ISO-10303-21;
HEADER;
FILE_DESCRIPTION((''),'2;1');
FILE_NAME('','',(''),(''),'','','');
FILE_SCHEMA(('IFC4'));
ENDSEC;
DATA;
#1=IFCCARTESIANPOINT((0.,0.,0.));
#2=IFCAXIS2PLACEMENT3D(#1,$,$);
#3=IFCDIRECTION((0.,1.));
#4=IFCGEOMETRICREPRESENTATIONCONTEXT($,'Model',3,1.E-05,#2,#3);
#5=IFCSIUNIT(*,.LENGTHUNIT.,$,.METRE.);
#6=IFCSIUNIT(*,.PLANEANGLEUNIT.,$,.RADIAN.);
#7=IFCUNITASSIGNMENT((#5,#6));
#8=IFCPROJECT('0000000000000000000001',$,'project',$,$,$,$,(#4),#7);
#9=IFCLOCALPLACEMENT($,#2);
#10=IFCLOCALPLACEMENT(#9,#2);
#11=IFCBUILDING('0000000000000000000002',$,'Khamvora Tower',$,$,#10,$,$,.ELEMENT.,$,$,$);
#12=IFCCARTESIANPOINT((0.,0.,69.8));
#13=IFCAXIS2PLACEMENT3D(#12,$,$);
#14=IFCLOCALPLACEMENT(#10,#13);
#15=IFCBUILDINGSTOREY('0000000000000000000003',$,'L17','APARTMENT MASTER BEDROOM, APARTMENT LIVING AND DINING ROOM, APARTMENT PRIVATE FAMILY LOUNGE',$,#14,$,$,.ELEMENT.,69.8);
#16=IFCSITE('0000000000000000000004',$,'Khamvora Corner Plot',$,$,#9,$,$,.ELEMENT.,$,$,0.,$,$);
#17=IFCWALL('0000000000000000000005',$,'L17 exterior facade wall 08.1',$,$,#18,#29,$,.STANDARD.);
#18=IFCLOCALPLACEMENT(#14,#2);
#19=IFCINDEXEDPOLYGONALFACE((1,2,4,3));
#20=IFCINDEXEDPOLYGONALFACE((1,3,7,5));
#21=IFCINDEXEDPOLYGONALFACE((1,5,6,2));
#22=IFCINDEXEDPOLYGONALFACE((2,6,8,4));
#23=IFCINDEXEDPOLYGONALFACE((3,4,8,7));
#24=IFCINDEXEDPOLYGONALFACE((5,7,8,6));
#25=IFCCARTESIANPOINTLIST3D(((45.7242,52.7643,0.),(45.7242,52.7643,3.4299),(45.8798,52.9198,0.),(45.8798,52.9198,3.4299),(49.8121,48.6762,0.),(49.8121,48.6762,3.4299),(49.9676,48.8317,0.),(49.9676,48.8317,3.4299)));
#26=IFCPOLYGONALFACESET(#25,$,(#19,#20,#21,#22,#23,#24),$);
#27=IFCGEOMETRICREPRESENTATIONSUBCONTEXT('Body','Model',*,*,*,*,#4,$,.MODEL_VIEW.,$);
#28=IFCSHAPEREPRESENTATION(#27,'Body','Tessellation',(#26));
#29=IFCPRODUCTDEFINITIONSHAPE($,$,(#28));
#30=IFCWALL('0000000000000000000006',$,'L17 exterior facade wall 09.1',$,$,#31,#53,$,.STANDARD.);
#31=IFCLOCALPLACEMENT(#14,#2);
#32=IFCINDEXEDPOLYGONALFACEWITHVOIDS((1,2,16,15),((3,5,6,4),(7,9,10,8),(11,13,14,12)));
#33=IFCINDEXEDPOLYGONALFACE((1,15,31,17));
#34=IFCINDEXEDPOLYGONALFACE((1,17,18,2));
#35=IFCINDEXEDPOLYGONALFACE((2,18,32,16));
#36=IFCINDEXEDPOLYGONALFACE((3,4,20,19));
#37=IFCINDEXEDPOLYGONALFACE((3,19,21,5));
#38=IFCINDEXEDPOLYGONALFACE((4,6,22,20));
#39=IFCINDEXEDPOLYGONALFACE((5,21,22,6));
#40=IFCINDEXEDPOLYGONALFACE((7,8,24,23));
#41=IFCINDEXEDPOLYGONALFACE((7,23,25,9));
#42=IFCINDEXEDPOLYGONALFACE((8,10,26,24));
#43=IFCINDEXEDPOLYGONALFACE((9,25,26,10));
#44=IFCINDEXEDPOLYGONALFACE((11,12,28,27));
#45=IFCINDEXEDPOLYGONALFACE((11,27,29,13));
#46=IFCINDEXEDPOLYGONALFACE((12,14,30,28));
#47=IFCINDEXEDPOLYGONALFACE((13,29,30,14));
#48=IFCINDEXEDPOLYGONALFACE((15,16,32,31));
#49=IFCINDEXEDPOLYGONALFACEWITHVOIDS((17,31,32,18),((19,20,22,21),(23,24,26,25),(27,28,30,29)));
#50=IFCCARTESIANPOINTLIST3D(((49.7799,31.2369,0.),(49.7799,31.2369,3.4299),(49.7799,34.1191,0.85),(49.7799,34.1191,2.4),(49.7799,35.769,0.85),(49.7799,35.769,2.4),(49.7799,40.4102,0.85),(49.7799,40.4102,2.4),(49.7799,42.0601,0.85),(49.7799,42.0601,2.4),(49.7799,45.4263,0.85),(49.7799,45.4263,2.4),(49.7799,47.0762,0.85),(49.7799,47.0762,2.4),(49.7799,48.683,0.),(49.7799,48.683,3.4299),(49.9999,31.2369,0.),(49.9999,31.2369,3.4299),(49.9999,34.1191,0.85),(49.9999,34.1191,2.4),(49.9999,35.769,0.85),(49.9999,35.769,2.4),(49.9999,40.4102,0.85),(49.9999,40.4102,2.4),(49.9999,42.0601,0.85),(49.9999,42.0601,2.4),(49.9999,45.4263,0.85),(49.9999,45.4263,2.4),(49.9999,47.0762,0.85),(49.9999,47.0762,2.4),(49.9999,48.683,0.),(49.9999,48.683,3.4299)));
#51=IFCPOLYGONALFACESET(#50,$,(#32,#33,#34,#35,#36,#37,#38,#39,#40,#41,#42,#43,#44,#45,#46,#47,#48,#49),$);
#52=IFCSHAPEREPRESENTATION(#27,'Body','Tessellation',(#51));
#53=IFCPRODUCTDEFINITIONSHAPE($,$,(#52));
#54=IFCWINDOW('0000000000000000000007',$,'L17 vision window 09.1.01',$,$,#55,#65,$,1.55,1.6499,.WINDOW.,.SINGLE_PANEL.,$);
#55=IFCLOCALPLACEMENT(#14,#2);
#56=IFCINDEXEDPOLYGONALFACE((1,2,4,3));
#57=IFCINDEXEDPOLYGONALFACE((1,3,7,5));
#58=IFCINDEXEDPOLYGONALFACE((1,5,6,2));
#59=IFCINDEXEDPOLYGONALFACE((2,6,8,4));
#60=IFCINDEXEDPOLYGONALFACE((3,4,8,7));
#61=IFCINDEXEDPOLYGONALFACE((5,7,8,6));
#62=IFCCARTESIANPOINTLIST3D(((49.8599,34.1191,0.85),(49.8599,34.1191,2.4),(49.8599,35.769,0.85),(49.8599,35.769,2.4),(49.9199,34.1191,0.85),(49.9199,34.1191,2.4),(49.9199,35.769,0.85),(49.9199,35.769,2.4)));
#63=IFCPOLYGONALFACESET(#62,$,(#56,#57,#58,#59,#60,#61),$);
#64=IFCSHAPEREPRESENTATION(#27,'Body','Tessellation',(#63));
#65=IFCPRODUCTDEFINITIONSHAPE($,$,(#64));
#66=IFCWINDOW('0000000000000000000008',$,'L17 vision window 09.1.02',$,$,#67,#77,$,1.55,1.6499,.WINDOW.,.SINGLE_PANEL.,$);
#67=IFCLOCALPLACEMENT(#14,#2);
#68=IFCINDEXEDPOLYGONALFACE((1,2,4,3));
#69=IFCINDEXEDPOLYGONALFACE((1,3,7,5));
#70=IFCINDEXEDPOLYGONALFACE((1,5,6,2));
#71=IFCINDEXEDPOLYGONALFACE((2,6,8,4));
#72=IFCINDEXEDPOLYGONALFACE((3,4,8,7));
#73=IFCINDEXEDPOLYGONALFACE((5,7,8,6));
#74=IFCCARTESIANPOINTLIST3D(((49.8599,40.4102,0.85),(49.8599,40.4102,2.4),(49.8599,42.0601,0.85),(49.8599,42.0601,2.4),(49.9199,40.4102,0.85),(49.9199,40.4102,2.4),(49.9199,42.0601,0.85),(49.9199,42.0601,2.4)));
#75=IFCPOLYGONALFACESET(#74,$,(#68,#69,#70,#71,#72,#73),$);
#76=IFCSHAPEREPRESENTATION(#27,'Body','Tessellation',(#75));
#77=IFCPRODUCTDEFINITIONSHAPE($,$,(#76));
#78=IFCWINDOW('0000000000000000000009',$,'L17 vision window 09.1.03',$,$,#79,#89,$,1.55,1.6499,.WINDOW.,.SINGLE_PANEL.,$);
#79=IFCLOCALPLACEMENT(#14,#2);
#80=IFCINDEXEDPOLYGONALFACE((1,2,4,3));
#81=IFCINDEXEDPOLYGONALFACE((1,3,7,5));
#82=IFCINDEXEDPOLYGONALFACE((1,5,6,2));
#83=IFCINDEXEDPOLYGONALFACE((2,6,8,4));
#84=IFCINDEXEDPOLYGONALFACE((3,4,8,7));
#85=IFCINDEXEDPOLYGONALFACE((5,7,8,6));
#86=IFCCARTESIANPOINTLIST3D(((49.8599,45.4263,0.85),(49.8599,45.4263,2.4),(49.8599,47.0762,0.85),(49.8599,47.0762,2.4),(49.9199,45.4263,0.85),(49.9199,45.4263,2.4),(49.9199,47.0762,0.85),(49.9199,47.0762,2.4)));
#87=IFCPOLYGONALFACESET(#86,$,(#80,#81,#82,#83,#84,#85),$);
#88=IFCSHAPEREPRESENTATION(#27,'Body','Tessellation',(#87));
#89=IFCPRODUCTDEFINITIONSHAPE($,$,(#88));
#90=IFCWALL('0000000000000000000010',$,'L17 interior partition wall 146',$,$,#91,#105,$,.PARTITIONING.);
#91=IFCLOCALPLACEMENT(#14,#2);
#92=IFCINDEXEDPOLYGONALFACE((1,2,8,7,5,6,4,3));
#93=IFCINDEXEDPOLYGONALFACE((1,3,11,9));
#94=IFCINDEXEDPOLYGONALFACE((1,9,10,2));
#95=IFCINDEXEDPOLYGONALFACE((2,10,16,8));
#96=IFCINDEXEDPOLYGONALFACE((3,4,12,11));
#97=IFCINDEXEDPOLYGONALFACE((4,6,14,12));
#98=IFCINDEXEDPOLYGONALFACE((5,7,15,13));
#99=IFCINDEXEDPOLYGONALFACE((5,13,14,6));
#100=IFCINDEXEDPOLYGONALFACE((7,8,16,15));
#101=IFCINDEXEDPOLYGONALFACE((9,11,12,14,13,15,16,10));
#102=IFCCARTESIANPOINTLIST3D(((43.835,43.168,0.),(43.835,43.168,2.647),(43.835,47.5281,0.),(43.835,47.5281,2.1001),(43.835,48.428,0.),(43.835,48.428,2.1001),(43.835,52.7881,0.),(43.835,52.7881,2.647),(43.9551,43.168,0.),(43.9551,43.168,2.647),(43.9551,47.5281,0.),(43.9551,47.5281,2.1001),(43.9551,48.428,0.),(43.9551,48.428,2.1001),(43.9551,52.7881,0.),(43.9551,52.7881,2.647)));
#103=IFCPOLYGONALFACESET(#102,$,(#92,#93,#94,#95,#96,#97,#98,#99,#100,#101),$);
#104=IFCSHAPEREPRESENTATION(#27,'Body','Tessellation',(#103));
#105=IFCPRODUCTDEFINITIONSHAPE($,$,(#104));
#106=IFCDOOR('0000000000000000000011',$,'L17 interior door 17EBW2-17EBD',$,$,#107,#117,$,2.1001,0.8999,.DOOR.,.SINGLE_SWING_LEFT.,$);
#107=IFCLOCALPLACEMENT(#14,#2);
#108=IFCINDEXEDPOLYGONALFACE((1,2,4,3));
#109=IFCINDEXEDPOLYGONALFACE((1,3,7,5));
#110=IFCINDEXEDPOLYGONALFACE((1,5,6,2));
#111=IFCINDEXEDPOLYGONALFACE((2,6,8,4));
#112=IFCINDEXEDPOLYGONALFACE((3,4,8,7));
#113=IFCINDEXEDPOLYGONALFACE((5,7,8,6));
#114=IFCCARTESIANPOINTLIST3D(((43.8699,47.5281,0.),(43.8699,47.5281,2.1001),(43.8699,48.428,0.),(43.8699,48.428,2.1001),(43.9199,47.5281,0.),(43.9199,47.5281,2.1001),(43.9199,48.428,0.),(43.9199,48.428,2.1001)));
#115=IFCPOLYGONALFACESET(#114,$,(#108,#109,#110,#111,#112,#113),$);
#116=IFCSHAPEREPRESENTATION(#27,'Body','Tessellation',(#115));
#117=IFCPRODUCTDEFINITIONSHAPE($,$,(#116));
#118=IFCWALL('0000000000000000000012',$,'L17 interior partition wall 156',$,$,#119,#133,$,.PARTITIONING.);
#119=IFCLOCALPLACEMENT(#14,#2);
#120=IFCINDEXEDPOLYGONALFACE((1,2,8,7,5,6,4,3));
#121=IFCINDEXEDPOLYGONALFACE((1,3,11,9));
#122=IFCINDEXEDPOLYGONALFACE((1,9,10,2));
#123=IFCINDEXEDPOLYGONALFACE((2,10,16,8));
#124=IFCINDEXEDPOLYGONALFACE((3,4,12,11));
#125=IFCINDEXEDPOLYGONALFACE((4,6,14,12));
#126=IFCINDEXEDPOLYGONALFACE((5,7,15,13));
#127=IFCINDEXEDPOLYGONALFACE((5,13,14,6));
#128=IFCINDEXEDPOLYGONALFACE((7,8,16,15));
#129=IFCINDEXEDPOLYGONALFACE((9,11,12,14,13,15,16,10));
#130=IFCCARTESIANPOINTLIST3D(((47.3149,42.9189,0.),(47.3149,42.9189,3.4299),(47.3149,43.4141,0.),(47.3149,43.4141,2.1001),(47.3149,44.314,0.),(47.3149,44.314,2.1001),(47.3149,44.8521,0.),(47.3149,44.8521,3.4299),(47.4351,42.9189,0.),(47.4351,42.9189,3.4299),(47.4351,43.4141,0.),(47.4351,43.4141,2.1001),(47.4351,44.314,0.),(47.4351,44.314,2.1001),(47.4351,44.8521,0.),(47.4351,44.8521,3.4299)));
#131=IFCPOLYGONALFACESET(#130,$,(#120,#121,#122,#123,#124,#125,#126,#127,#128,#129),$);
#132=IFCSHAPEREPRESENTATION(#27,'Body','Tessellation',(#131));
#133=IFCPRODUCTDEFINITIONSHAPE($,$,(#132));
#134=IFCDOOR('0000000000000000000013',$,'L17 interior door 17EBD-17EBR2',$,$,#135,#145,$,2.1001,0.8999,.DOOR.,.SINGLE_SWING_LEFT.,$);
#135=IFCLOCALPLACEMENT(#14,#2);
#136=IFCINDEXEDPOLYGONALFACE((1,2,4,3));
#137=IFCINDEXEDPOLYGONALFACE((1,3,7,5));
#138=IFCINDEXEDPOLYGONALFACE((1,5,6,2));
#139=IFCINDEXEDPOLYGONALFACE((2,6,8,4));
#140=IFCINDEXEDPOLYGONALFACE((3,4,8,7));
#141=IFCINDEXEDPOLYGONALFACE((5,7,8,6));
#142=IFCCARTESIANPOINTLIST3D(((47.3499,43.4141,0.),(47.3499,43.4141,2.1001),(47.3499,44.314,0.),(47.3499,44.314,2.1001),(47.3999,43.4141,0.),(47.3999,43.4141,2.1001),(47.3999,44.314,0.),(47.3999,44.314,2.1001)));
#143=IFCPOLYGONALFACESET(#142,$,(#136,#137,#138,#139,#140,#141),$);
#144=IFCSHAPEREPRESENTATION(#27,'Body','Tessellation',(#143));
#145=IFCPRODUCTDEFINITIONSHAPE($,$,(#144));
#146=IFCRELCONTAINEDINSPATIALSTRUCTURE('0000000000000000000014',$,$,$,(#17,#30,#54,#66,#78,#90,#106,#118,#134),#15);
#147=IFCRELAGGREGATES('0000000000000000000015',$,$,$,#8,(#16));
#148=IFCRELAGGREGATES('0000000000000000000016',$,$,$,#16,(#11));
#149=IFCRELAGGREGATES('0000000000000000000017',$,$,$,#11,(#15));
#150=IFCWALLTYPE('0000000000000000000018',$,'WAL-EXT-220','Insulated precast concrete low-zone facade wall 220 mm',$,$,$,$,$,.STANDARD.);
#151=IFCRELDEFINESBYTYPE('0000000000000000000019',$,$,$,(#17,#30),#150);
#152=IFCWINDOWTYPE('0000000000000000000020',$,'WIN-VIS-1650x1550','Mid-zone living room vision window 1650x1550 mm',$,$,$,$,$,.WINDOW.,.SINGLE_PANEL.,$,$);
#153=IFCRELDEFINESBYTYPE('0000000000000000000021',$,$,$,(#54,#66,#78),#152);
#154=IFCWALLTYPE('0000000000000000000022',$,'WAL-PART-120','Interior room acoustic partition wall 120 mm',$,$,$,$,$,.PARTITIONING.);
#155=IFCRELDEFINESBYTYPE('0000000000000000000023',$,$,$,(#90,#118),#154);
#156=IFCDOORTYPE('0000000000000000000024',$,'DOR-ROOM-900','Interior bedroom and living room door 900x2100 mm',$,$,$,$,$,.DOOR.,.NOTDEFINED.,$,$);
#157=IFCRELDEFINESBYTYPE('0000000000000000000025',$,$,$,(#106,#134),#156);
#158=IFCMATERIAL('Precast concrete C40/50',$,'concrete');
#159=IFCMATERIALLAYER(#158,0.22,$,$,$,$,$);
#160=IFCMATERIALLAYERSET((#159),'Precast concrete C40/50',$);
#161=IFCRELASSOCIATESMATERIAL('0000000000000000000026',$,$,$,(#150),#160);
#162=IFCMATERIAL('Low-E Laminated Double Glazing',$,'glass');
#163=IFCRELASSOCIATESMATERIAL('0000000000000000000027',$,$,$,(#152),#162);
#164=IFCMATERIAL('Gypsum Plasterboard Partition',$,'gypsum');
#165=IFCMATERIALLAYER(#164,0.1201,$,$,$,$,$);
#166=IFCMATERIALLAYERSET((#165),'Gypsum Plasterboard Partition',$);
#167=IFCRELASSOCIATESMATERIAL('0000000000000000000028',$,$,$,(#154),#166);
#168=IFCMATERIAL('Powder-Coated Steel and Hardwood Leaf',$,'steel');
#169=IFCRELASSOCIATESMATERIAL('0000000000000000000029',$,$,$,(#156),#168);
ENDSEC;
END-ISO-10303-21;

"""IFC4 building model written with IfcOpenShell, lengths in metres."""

from ifc_helpers import new_model, si_unit, direction, frame, frame_2d, origin, place, context, subcontext, project, spatial, rectangle, extrude, material, layer, layer_set, type_object, element, fill, save


model = new_model("IFC4")

# Units and contexts
model_context = context("Model", 3, precision=1e-05, world=origin(), true_north=direction((0.0, 1.0)))
body_context = subcontext(model_context, "Body", "Model", "MODEL_VIEW")
ifc_project = project(units=[si_unit("LENGTHUNIT", "METRE"), si_unit("PLANEANGLEUNIT", "RADIAN")], contexts=[model_context])

# Site, building, storey
site_placement = place(None, origin())
site = spatial("IfcSite", under=ifc_project, at=site_placement, Name="Khamvora Corner Plot", CompositionType="ELEMENT", RefElevation=0.0)
building_placement = place(site_placement, origin())
building = spatial("IfcBuilding", under=site, at=building_placement, Name="Khamvora Tower", CompositionType="ELEMENT")
storey_placement = place(building_placement, frame((0.0, 0.0, 69.8)))
storey = spatial("IfcBuildingStorey", under=building, at=storey_placement, Name="L17", Description="APARTMENT MASTER BEDROOM, APARTMENT LIVING AND DINING ROOM, APARTMENT PRIVATE FAMILY LOUNGE", CompositionType="ELEMENT", Elevation=69.8)

# Wall
ifc_material_1 = material(Name="Precast concrete C40/50", Category="concrete")
ifc_layer_1 = layer(ifc_material_1, 0.22)
ifc_layer_set_1 = layer_set([ifc_layer_1], Name="Precast concrete C40/50")
wall_type_1 = type_object("IfcWallType", Name="WAL-EXT-220", Description="Insulated precast concrete low-zone facade wall 220 mm", PredefinedType="STANDARD", material=ifc_layer_set_1)
wall_1_placement = place(storey_placement, frame((45.802, 52.842, 0.0), z_axis=(0.0, 0.0, 1.0), x_axis=(0.707086, -0.707128, 0.0)))
element("IfcWall", 1, at=wall_1_placement, inside=storey, type_object=wall_type_1, Name="L17 exterior facade wall 08.1", PredefinedType="STANDARD", context=body_context, shape_type="SweptSolid", body=[
    extrude(rectangle(XDim=5.7812, YDim=0.22, at=frame_2d((2.8906, 0.0))), origin(), (0.0, 0.0, 1.0), 3.4299),
])

# Wall, openings, windows
wall_2_placement = place(storey_placement, frame((49.8899, 48.6831, 0.0), z_axis=(0.0, 0.0, 1.0), x_axis=(0.0, -1.0, 0.0)))
wall_2 = element("IfcWall", 2, at=wall_2_placement, inside=storey, type_object=wall_type_1, Name="L17 exterior facade wall 09.1", PredefinedType="STANDARD", context=body_context, shape_type="SweptSolid", body=[
    extrude(rectangle(XDim=17.446, YDim=0.22, at=frame_2d((8.7231, 0.0))), origin(), (0.0, 0.0, 1.0), 3.4299),
])
opening_1_placement = place(wall_2_placement, frame((12.9141, 0.0, 0.8501)))
opening_1 = element("IfcOpeningElement", 3, at=opening_1_placement, cuts=wall_2, PredefinedType="OPENING", context=body_context, shape_type="SweptSolid", body=[
    extrude(rectangle(XDim=1.6499, YDim=1.55, at=frame_2d((0.825, 0.7749))), frame((0.0, 0.1199, 0.0), z_axis=(0.0, -1.0, 0.0), x_axis=(1.0, 0.0, 0.0)), (0.0, 0.0, 1.0), 0.24),
])
opening_2_placement = place(wall_2_placement, frame((6.623, 0.0, 0.8501)))
opening_2 = element("IfcOpeningElement", 4, at=opening_2_placement, cuts=wall_2, PredefinedType="OPENING", context=body_context, shape_type="SweptSolid", body=[
    extrude(rectangle(XDim=1.6499, YDim=1.55, at=frame_2d((0.825, 0.7749))), frame((0.0, 0.1199, 0.0), z_axis=(0.0, -1.0, 0.0), x_axis=(1.0, 0.0, 0.0)), (0.0, 0.0, 1.0), 0.24),
])
opening_3_placement = place(wall_2_placement, frame((1.6069, 0.0, 0.8501)))
opening_3 = element("IfcOpeningElement", 5, at=opening_3_placement, cuts=wall_2, PredefinedType="OPENING", context=body_context, shape_type="SweptSolid", body=[
    extrude(rectangle(XDim=1.6499, YDim=1.55, at=frame_2d((0.825, 0.7749))), frame((0.0, 0.1199, 0.0), z_axis=(0.0, -1.0, 0.0), x_axis=(1.0, 0.0, 0.0)), (0.0, 0.0, 1.0), 0.24),
])
ifc_material_2 = material(Name="Low-E Laminated Double Glazing", Category="glass")
window_type = type_object("IfcWindowType", Name="WIN-VIS-1650x1550", Description="Mid-zone living room vision window 1650x1550 mm", PartitioningType="SINGLE_PANEL", PredefinedType="WINDOW", material=ifc_material_2)
window_1_placement = place(opening_1_placement, origin())
window_1 = element("IfcWindow", 6, at=window_1_placement, inside=storey, type_object=window_type, Name="L17 vision window 09.1.01", OverallHeight=1.55, OverallWidth=1.6499, PartitioningType="SINGLE_PANEL", PredefinedType="WINDOW", context=body_context, shape_type="SweptSolid", body=[
    extrude(rectangle(XDim=1.6499, YDim=1.55, at=frame_2d((0.825, 0.7749))), frame((0.0, 0.03, 0.0), z_axis=(0.0, -1.0, 0.0), x_axis=(1.0, 0.0, 0.0)), (0.0, 0.0, 1.0), 0.0601),
])
fill(opening_1, window_1)
window_2_placement = place(opening_2_placement, origin())
window_2 = element("IfcWindow", 7, at=window_2_placement, inside=storey, type_object=window_type, Name="L17 vision window 09.1.02", OverallHeight=1.55, OverallWidth=1.6499, PartitioningType="SINGLE_PANEL", PredefinedType="WINDOW", context=body_context, shape_type="SweptSolid", body=[
    extrude(rectangle(XDim=1.6499, YDim=1.55, at=frame_2d((0.825, 0.7749))), frame((0.0, 0.03, 0.0), z_axis=(0.0, -1.0, 0.0), x_axis=(1.0, 0.0, 0.0)), (0.0, 0.0, 1.0), 0.0601),
])
fill(opening_2, window_2)
window_3_placement = place(opening_3_placement, origin())
window_3 = element("IfcWindow", 8, at=window_3_placement, inside=storey, type_object=window_type, Name="L17 vision window 09.1.03", OverallHeight=1.55, OverallWidth=1.6499, PartitioningType="SINGLE_PANEL", PredefinedType="WINDOW", context=body_context, shape_type="SweptSolid", body=[
    extrude(rectangle(XDim=1.6499, YDim=1.55, at=frame_2d((0.825, 0.7749))), frame((0.0, 0.03, 0.0), z_axis=(0.0, -1.0, 0.0), x_axis=(1.0, 0.0, 0.0)), (0.0, 0.0, 1.0), 0.0601),
])
fill(opening_3, window_3)

# Walls, openings, doors
ifc_material_3 = material(Name="Gypsum Plasterboard Partition", Category="gypsum")
ifc_layer_2 = layer(ifc_material_3, 0.1201)
ifc_layer_set_2 = layer_set([ifc_layer_2], Name="Gypsum Plasterboard Partition")
wall_type_2 = type_object("IfcWallType", Name="WAL-PART-120", Description="Interior room acoustic partition wall 120 mm", PredefinedType="PARTITIONING", material=ifc_layer_set_2)
wall_3_placement = place(storey_placement, frame((43.895, 52.7881, 0.0), z_axis=(0.0, 0.0, 1.0), x_axis=(0.0, -1.0, 0.0)))
wall_3 = element("IfcWall", 9, at=wall_3_placement, inside=storey, type_object=wall_type_2, Name="L17 interior partition wall 146", PredefinedType="PARTITIONING", context=body_context, shape_type="SweptSolid", body=[
    extrude(rectangle(XDim=9.6201, YDim=0.1201, at=frame_2d((4.8101, 0.0))), origin(), (0.0, 0.0, 1.0), 2.647),
])
opening_4_placement = place(wall_3_placement, frame((4.3601, 0.0, 0.0)))
opening_4 = element("IfcOpeningElement", 10, at=opening_4_placement, cuts=wall_3, PredefinedType="OPENING", context=body_context, shape_type="SweptSolid", body=[
    extrude(rectangle(XDim=0.8999, YDim=2.1001, at=frame_2d((0.45, 1.05))), frame((0.0, 0.0701, 0.0), z_axis=(0.0, -1.0, 0.0), x_axis=(1.0, 0.0, 0.0)), (0.0, 0.0, 1.0), 0.1401),
])
ifc_material_4 = material(Name="Powder-Coated Steel and Hardwood Leaf", Category="steel")
door_type = type_object("IfcDoorType", Name="DOR-ROOM-900", Description="Interior bedroom and living room door 900x2100 mm", OperationType="NOTDEFINED", PredefinedType="DOOR", material=ifc_material_4)
door_1_placement = place(opening_4_placement, origin())
door_1 = element("IfcDoor", 11, at=door_1_placement, inside=storey, type_object=door_type, Name="L17 interior door 17EBW2-17EBD", OperationType="SINGLE_SWING_LEFT", OverallHeight=2.1001, OverallWidth=0.8999, PredefinedType="DOOR", context=body_context, shape_type="SweptSolid", body=[
    extrude(rectangle(XDim=0.8999, YDim=2.1001, at=frame_2d((0.45, 1.05))), frame((0.0, 0.0249, 0.0), z_axis=(0.0, -1.0, 0.0), x_axis=(1.0, 0.0, 0.0)), (0.0, 0.0, 1.0), 0.05),
])
fill(opening_4, door_1)
wall_4_placement = place(storey_placement, frame((47.375, 44.8521, 0.0), z_axis=(0.0, 0.0, 1.0), x_axis=(0.0, -1.0, 0.0)))
wall_4 = element("IfcWall", 12, at=wall_4_placement, inside=storey, type_object=wall_type_2, Name="L17 interior partition wall 156", PredefinedType="PARTITIONING", context=body_context, shape_type="SweptSolid", body=[
    extrude(rectangle(XDim=1.9331, YDim=0.1201, at=frame_2d((0.9666, 0.0))), origin(), (0.0, 0.0, 1.0), 3.4299),
])
opening_5_placement = place(wall_4_placement, frame((0.5381, 0.0, 0.0)))
opening_5 = element("IfcOpeningElement", 13, at=opening_5_placement, cuts=wall_4, PredefinedType="OPENING", context=body_context, shape_type="SweptSolid", body=[
    extrude(rectangle(XDim=0.8999, YDim=2.1001, at=frame_2d((0.45, 1.05))), frame((0.0, 0.0701, 0.0), z_axis=(0.0, -1.0, 0.0), x_axis=(1.0, 0.0, 0.0)), (0.0, 0.0, 1.0), 0.1401),
])
door_2_placement = place(opening_5_placement, origin())
door_2 = element("IfcDoor", 14, at=door_2_placement, inside=storey, type_object=door_type, Name="L17 interior door 17EBD-17EBR2", OperationType="SINGLE_SWING_LEFT", OverallHeight=2.1001, OverallWidth=0.8999, PredefinedType="DOOR", context=body_context, shape_type="SweptSolid", body=[
    extrude(rectangle(XDim=0.8999, YDim=2.1001, at=frame_2d((0.45, 1.05))), frame((0.0, 0.0249, 0.0), z_axis=(0.0, -1.0, 0.0), x_axis=(1.0, 0.0, 0.0)), (0.0, 0.0, 1.0), 0.05),
])
fill(opening_5, door_2)

save(model, "model.ifc")
